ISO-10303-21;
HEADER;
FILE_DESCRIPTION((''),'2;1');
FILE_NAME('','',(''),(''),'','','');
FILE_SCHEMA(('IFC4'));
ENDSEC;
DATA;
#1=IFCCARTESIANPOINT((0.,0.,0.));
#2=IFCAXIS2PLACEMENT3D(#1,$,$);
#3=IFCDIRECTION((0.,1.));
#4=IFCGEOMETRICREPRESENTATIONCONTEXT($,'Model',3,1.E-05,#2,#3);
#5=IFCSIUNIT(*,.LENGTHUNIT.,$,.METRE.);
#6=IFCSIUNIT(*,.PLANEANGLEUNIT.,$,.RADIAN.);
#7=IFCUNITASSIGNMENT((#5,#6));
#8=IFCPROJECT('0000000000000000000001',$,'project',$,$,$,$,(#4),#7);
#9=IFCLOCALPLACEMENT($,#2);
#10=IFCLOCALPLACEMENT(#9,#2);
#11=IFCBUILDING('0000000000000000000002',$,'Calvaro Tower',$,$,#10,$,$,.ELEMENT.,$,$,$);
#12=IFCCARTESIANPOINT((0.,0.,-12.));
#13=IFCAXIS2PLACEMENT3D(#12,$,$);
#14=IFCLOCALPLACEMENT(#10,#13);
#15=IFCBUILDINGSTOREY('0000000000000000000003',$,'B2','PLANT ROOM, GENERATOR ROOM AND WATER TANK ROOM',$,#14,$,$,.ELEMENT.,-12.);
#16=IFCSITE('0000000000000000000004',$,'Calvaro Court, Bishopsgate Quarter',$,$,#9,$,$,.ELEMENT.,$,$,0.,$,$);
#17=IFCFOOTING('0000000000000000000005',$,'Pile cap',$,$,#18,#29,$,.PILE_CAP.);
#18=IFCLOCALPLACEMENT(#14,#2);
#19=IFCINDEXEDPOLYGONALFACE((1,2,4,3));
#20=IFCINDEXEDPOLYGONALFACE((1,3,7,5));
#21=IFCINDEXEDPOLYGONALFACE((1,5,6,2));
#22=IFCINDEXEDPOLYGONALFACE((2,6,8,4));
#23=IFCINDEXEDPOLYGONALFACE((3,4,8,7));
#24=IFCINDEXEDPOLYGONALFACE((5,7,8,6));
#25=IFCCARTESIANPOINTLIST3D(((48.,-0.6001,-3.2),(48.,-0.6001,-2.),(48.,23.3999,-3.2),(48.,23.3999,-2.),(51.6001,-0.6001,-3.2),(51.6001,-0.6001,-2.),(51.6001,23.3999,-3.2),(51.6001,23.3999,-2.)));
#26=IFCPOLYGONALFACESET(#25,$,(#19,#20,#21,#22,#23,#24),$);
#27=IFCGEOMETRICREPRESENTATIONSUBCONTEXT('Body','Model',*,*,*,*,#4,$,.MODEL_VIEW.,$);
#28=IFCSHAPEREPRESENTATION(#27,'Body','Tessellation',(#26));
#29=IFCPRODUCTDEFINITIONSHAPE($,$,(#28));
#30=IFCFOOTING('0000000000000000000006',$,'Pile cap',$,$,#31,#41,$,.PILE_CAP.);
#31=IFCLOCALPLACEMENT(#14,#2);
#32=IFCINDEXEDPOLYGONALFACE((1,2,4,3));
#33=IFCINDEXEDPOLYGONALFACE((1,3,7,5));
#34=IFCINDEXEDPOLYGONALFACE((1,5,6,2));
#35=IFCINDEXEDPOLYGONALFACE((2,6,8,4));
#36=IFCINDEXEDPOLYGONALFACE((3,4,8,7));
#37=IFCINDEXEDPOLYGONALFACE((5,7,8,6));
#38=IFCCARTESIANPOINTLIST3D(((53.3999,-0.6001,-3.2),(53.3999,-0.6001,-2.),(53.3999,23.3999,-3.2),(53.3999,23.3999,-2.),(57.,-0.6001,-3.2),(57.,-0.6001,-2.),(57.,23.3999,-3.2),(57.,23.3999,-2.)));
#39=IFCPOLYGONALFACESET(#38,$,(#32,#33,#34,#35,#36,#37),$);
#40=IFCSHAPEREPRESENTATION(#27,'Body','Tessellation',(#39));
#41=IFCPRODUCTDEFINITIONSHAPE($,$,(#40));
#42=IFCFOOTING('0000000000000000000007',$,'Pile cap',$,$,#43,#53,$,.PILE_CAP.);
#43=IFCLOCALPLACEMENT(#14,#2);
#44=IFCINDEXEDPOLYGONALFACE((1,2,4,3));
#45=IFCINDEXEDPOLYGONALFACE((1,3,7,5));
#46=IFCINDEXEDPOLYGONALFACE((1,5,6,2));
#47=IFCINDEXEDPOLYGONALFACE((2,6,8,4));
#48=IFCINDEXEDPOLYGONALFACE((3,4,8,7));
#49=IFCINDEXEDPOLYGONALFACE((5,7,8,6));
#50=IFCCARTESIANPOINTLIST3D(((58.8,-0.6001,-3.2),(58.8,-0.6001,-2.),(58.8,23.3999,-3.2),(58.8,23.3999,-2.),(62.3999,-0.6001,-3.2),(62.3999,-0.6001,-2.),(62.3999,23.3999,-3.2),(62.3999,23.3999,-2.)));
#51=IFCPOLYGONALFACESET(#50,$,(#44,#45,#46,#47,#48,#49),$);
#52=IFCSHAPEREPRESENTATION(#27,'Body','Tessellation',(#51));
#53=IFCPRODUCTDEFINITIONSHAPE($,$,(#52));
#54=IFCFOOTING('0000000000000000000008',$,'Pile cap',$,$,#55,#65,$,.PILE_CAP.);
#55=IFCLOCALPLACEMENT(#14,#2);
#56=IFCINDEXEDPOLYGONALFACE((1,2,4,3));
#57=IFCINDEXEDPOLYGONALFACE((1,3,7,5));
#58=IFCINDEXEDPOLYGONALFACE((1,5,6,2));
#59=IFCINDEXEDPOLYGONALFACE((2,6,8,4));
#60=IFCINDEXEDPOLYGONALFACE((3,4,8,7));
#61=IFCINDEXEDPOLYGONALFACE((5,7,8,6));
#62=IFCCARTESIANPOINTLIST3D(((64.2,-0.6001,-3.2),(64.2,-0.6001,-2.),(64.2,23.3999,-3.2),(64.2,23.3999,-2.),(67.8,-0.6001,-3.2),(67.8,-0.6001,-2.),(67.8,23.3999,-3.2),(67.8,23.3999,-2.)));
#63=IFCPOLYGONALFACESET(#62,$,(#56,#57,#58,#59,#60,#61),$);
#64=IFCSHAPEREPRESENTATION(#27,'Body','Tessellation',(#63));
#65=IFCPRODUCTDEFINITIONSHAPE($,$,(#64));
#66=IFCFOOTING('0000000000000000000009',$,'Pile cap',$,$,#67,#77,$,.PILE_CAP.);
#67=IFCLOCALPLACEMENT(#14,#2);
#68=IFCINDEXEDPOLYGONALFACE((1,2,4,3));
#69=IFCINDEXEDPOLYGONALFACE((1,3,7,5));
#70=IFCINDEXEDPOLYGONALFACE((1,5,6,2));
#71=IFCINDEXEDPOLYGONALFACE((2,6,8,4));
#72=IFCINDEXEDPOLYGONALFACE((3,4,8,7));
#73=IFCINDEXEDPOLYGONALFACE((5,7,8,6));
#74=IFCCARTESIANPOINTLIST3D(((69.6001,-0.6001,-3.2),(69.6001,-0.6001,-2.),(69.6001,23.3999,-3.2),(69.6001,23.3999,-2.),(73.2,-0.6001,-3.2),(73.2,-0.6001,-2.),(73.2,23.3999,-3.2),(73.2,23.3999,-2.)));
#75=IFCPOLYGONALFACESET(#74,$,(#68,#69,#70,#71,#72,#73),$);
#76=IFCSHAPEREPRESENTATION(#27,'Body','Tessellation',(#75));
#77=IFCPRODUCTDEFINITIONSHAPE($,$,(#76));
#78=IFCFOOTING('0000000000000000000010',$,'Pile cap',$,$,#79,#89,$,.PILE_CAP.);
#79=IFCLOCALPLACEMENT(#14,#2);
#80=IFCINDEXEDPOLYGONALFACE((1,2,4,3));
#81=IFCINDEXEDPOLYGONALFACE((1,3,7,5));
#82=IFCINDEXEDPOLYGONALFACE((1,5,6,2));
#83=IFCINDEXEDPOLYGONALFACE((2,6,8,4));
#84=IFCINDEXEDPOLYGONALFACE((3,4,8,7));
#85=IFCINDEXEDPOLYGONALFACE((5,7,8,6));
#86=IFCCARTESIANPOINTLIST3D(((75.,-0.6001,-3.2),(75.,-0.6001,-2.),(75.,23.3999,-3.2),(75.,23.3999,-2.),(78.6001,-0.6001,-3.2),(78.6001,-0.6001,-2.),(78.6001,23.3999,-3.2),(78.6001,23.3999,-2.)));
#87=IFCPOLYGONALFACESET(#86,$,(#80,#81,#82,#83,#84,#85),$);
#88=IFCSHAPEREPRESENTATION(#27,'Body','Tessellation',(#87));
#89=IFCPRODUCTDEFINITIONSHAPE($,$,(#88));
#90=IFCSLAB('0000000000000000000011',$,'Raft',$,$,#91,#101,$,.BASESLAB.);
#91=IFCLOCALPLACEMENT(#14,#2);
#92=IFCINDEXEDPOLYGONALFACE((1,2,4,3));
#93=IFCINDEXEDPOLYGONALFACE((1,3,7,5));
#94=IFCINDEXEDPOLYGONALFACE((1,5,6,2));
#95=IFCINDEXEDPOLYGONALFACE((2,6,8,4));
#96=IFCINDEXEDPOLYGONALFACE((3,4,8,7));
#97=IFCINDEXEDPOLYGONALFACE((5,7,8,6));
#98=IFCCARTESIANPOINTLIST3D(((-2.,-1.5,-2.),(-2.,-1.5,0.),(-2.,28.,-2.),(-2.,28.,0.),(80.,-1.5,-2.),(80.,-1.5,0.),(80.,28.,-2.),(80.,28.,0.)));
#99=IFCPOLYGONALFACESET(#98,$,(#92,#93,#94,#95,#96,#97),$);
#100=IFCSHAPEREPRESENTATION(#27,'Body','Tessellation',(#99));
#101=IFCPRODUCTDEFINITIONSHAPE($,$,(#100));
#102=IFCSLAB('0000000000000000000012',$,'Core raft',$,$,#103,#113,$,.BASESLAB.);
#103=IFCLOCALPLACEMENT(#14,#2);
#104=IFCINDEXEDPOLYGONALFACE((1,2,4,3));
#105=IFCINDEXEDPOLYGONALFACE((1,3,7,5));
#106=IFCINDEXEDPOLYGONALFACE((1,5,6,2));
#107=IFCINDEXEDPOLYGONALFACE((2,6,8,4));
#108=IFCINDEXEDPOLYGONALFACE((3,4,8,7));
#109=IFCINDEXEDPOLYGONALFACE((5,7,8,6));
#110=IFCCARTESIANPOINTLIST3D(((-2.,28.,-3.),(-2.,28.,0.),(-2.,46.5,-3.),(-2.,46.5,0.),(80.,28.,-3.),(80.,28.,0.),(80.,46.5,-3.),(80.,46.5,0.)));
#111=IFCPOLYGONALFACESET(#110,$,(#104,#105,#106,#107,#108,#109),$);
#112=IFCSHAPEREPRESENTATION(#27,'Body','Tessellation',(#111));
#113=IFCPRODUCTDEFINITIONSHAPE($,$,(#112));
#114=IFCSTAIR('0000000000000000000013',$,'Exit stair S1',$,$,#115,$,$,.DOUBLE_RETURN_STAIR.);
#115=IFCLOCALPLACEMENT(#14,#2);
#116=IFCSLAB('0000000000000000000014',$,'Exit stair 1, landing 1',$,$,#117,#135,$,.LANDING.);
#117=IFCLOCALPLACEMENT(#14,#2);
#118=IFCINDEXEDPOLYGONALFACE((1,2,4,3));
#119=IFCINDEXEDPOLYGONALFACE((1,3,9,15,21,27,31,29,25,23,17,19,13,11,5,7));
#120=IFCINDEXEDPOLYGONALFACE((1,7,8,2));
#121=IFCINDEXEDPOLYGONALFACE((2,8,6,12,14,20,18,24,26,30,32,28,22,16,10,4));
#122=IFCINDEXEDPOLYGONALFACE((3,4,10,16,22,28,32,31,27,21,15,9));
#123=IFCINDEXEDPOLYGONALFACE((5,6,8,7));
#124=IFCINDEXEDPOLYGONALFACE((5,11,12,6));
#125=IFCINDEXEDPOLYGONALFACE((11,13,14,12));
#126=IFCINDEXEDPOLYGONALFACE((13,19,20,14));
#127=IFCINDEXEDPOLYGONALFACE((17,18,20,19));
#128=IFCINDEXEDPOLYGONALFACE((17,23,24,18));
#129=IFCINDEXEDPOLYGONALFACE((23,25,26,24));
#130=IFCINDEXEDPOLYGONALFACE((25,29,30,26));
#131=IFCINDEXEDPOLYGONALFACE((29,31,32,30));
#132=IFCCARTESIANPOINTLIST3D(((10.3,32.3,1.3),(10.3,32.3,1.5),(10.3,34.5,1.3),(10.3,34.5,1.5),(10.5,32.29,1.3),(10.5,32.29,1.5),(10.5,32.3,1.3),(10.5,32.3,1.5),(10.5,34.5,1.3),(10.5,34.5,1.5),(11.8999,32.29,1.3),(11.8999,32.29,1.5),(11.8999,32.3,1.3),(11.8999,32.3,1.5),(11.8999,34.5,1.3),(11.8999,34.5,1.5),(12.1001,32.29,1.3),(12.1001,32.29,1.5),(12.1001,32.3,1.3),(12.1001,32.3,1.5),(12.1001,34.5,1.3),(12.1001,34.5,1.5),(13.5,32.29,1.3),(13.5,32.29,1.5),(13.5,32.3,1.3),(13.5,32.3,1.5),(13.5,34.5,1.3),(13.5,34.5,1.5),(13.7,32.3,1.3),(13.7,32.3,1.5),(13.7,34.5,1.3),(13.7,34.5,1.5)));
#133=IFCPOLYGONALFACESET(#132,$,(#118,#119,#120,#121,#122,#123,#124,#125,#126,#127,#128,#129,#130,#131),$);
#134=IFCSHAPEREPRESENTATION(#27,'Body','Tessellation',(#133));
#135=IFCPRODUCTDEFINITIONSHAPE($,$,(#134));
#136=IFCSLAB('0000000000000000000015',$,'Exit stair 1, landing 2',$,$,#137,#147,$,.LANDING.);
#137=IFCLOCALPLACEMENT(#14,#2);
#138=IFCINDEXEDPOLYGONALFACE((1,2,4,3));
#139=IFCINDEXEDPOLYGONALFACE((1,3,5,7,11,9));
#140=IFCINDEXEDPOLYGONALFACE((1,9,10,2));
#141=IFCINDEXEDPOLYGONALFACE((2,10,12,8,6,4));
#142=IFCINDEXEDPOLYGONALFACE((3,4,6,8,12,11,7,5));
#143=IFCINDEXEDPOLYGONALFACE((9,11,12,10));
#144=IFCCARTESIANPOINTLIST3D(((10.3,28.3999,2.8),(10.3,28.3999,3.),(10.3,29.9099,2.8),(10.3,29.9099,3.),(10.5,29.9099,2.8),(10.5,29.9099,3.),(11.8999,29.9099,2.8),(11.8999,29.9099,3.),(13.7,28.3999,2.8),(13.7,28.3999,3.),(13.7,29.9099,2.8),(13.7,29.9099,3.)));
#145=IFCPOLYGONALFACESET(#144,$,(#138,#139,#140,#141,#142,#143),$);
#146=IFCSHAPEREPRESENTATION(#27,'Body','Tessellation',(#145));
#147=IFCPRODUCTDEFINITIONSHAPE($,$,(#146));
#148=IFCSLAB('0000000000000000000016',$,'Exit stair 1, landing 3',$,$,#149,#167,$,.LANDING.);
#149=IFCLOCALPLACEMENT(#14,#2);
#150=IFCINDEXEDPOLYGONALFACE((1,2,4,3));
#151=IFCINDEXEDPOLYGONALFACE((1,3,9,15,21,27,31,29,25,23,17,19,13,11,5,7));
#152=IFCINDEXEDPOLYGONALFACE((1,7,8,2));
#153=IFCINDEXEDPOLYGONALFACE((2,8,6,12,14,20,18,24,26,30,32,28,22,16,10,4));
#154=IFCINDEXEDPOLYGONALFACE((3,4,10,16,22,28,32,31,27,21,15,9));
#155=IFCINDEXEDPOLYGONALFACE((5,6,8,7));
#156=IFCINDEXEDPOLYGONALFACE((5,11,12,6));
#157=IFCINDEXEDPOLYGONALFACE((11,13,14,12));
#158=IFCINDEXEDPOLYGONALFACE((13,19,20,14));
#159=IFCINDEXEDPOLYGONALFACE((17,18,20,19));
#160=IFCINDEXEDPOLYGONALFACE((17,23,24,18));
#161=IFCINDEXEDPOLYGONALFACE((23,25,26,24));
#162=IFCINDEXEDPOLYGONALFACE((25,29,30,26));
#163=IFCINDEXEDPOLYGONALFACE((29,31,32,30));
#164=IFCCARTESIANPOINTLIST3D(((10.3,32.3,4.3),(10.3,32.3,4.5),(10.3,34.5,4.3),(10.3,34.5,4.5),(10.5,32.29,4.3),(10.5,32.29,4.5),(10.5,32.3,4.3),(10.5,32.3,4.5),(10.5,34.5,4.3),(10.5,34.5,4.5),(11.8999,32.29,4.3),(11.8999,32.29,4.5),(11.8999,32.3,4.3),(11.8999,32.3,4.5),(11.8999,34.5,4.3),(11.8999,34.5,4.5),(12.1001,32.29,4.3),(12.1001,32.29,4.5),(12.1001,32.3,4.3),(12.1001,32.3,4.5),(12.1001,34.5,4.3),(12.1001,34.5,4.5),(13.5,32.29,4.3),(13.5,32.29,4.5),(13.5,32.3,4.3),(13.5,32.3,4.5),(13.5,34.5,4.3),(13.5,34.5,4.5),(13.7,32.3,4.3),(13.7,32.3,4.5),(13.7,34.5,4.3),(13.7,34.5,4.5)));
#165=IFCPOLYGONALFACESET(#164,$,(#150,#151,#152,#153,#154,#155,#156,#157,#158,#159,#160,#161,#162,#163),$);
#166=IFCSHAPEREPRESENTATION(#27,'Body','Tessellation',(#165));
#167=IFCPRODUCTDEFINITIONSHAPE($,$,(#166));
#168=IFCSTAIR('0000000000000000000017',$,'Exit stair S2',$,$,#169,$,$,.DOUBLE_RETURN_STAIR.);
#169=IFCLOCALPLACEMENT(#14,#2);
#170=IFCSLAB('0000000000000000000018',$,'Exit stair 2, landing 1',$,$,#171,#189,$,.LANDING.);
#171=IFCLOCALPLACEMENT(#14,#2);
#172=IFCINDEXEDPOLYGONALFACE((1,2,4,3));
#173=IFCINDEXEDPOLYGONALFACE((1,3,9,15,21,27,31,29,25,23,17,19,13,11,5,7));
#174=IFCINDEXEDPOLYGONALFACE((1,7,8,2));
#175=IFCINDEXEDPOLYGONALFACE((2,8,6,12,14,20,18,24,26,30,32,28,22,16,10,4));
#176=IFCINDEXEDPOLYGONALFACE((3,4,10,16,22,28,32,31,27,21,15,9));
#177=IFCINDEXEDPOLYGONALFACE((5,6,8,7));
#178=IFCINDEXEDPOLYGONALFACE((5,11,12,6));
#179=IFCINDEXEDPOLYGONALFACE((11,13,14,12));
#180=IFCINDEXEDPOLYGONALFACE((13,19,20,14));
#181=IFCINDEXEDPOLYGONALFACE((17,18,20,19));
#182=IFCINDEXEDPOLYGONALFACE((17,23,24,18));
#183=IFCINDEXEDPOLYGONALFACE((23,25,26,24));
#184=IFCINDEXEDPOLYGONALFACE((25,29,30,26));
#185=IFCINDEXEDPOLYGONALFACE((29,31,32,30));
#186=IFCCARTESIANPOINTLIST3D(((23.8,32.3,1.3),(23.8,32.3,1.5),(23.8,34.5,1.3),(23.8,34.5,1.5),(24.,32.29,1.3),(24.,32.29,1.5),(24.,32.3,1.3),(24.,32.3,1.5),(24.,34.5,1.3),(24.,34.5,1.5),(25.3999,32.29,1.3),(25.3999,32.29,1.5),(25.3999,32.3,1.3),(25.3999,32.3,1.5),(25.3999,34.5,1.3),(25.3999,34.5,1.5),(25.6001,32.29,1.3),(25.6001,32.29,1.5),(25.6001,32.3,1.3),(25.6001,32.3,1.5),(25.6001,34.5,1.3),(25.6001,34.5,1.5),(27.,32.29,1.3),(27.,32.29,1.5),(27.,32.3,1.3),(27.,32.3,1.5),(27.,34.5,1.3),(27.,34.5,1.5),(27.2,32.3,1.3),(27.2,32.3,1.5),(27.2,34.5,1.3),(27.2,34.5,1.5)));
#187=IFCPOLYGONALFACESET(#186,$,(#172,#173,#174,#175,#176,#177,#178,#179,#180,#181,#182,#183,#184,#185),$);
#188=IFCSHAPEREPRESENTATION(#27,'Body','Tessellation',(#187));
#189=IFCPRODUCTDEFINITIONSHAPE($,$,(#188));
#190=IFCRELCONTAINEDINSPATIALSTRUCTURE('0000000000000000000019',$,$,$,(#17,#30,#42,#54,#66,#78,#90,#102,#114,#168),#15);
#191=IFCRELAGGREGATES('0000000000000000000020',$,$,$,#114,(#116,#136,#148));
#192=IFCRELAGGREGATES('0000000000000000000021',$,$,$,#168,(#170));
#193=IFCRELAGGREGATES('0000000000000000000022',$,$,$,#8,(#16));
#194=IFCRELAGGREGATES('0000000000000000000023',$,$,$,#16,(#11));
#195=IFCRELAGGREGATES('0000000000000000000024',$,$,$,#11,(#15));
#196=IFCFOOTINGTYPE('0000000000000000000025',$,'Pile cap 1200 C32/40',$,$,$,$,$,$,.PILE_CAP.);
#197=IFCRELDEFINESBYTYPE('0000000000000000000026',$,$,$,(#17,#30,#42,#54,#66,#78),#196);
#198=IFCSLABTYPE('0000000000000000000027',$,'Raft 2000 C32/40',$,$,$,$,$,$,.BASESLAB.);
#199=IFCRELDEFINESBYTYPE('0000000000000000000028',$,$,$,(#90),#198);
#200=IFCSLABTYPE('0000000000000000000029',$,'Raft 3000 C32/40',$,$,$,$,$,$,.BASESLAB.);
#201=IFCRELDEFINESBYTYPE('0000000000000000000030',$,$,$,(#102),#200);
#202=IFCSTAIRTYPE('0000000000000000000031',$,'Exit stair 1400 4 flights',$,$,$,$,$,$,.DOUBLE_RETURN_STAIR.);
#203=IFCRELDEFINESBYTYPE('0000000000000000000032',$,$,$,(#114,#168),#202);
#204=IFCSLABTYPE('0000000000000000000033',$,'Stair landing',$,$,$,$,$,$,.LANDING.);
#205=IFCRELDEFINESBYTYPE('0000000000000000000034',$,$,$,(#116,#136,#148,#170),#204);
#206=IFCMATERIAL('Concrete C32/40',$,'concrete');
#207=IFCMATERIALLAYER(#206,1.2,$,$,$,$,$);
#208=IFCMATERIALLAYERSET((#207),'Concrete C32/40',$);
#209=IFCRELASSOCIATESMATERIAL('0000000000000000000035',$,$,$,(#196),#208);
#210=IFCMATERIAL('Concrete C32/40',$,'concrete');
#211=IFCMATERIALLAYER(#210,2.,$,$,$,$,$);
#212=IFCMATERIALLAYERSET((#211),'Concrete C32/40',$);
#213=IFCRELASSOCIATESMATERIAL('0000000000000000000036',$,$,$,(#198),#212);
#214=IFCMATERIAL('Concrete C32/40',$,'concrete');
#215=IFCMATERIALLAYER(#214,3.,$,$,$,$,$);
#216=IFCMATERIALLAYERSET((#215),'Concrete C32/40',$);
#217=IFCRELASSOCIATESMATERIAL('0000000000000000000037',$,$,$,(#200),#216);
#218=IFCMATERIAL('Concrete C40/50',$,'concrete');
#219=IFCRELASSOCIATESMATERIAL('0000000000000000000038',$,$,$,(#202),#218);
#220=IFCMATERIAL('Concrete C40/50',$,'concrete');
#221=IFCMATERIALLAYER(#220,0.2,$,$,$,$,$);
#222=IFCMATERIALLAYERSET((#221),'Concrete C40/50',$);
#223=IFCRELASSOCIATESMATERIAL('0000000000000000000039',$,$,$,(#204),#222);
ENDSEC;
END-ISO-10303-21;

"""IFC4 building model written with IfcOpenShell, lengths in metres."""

from ifc_helpers import new_model, si_unit, direction, frame, origin, place, context, subcontext, project, spatial, polyline, outline, extrude, material, layer, layer_set, type_object, element, aggregate, save


model = new_model("IFC4")

# Units and contexts
model_context = context("Model", 3, precision=1e-05, world=origin(), true_north=direction((0.0, 1.0)))
body_context = subcontext(model_context, "Body", "Model", "MODEL_VIEW")
ifc_project = project(units=[si_unit("LENGTHUNIT", "METRE"), si_unit("PLANEANGLEUNIT", "RADIAN")], contexts=[model_context])

# Site, building, storey
site_placement = place(None, origin())
site = spatial("IfcSite", under=ifc_project, at=site_placement, Name="Calvaro Court, Bishopsgate Quarter", CompositionType="ELEMENT", RefElevation=0.0)
building_placement = place(site_placement, origin())
building = spatial("IfcBuilding", under=site, at=building_placement, Name="Calvaro Tower", CompositionType="ELEMENT")
storey_placement = place(building_placement, frame((0.0, 0.0, -12.0)))
storey = spatial("IfcBuildingStorey", under=building, at=storey_placement, Name="B2", Description="PLANT ROOM, GENERATOR ROOM AND WATER TANK ROOM", CompositionType="ELEMENT", Elevation=-12.0)

# Footings
ifc_material_1 = material(Name="Concrete C32/40", Category="concrete")
ifc_layer_1 = layer(ifc_material_1, 1.2)
ifc_layer_set_1 = layer_set([ifc_layer_1], Name="Concrete C32/40")
footing_type = type_object("IfcFootingType", Name="Pile cap 1200 C32/40", PredefinedType="PILE_CAP", material=ifc_layer_set_1)
footing_1_placement = place(storey_placement, frame((0.0, 0.0, -3.2)))
element("IfcFooting", 1, at=footing_1_placement, inside=storey, type_object=footing_type, Name="Pile cap", PredefinedType="PILE_CAP", context=body_context, shape_type="SweptSolid", body=[
    extrude(outline(polyline([(48.0, -0.6001), (51.6001, -0.6001), (51.6001, 23.3999), (48.0, 23.3999), (48.0, -0.6001)])), origin(), (0.0, 0.0, 1.0), 1.2),
])
footing_2_placement = place(storey_placement, frame((0.0, 0.0, -3.2)))
element("IfcFooting", 2, at=footing_2_placement, inside=storey, type_object=footing_type, Name="Pile cap", PredefinedType="PILE_CAP", context=body_context, shape_type="SweptSolid", body=[
    extrude(outline(polyline([(53.3999, -0.6001), (57.0, -0.6001), (57.0, 23.3999), (53.3999, 23.3999), (53.3999, -0.6001)])), origin(), (0.0, 0.0, 1.0), 1.2),
])
footing_3_placement = place(storey_placement, frame((0.0, 0.0, -3.2)))
element("IfcFooting", 3, at=footing_3_placement, inside=storey, type_object=footing_type, Name="Pile cap", PredefinedType="PILE_CAP", context=body_context, shape_type="SweptSolid", body=[
    extrude(outline(polyline([(58.8, -0.6001), (62.3999, -0.6001), (62.3999, 23.3999), (58.8, 23.3999), (58.8, -0.6001)])), origin(), (0.0, 0.0, 1.0), 1.2),
])
footing_4_placement = place(storey_placement, frame((0.0, 0.0, -3.2)))
element("IfcFooting", 4, at=footing_4_placement, inside=storey, type_object=footing_type, Name="Pile cap", PredefinedType="PILE_CAP", context=body_context, shape_type="SweptSolid", body=[
    extrude(outline(polyline([(64.2, -0.6001), (67.8, -0.6001), (67.8, 23.3999), (64.2, 23.3999), (64.2, -0.6001)])), origin(), (0.0, 0.0, 1.0), 1.2),
])
footing_5_placement = place(storey_placement, frame((0.0, 0.0, -3.2)))
element("IfcFooting", 5, at=footing_5_placement, inside=storey, type_object=footing_type, Name="Pile cap", PredefinedType="PILE_CAP", context=body_context, shape_type="SweptSolid", body=[
    extrude(outline(polyline([(69.6001, -0.6001), (73.2, -0.6001), (73.2, 23.3999), (69.6001, 23.3999), (69.6001, -0.6001)])), origin(), (0.0, 0.0, 1.0), 1.2),
])
footing_6_placement = place(storey_placement, frame((0.0, 0.0, -3.2)))
element("IfcFooting", 6, at=footing_6_placement, inside=storey, type_object=footing_type, Name="Pile cap", PredefinedType="PILE_CAP", context=body_context, shape_type="SweptSolid", body=[
    extrude(outline(polyline([(75.0, -0.6001), (78.6001, -0.6001), (78.6001, 23.3999), (75.0, 23.3999), (75.0, -0.6001)])), origin(), (0.0, 0.0, 1.0), 1.2),
])

# Slabs
ifc_material_2 = material(Name="Concrete C32/40", Category="concrete")
ifc_layer_2 = layer(ifc_material_2, 2.0)
ifc_layer_set_2 = layer_set([ifc_layer_2], Name="Concrete C32/40")
slab_type_1 = type_object("IfcSlabType", Name="Raft 2000 C32/40", PredefinedType="BASESLAB", material=ifc_layer_set_2)
slab_1_placement = place(storey_placement, frame((0.0, 0.0, -2.0)))
element("IfcSlab", 7, at=slab_1_placement, inside=storey, type_object=slab_type_1, Name="Raft", PredefinedType="BASESLAB", context=body_context, shape_type="SweptSolid", body=[
    extrude(outline(polyline([(-2.0, -1.5), (80.0, -1.5), (80.0, 28.0), (-2.0, 28.0), (-2.0, -1.5)])), origin(), (0.0, 0.0, 1.0), 2.0),
])
ifc_material_3 = material(Name="Concrete C32/40", Category="concrete")
ifc_layer_3 = layer(ifc_material_3, 3.0)
ifc_layer_set_3 = layer_set([ifc_layer_3], Name="Concrete C32/40")
slab_type_2 = type_object("IfcSlabType", Name="Raft 3000 C32/40", PredefinedType="BASESLAB", material=ifc_layer_set_3)
slab_2_placement = place(storey_placement, frame((0.0, 0.0, -3.0)))
element("IfcSlab", 8, at=slab_2_placement, inside=storey, type_object=slab_type_2, Name="Core raft", PredefinedType="BASESLAB", context=body_context, shape_type="SweptSolid", body=[
    extrude(outline(polyline([(-2.0, 28.0), (80.0, 28.0), (80.0, 46.5), (-2.0, 46.5), (-2.0, 28.0)])), origin(), (0.0, 0.0, 1.0), 3.0),
])

# Stairs, slabs
ifc_material_4 = material(Name="Concrete C40/50", Category="concrete")
stair_type = type_object("IfcStairType", Name="Exit stair 1400 4 flights", PredefinedType="DOUBLE_RETURN_STAIR", material=ifc_material_4)
stair_1_placement = place(storey_placement, origin())
stair_1 = element("IfcStair", 9, at=stair_1_placement, inside=storey, type_object=stair_type, Name="Exit stair S1", PredefinedType="DOUBLE_RETURN_STAIR")
ifc_material_5 = material(Name="Concrete C40/50", Category="concrete")
ifc_layer_4 = layer(ifc_material_5, 0.2)
ifc_layer_set_4 = layer_set([ifc_layer_4], Name="Concrete C40/50")
slab_type_3 = type_object("IfcSlabType", Name="Stair landing", PredefinedType="LANDING", material=ifc_layer_set_4)
slab_3_placement = place(storey_placement, frame((0.0, 0.0, 1.3)))
slab_3 = element("IfcSlab", 10, at=slab_3_placement, type_object=slab_type_3, Name="Exit stair 1, landing 1", PredefinedType="LANDING", context=body_context, shape_type="SweptSolid", body=[
    extrude(outline(polyline([(11.8999, 32.29), (10.5, 32.29), (10.5, 32.3), (10.3, 32.3), (10.3, 34.5), (10.5, 34.5), (11.8999, 34.5), (12.1001, 34.5), (13.5, 34.5), (13.7, 34.5), (13.7, 32.3), (13.5, 32.3), (13.5, 32.29), (12.1001, 32.29), (12.1001, 32.3), (11.8999, 32.3), (11.8999, 32.29)])), origin(), (0.0, 0.0, 1.0), 0.2),
])
slab_4_placement = place(storey_placement, frame((0.0, 0.0, 2.8)))
slab_4 = element("IfcSlab", 11, at=slab_4_placement, type_object=slab_type_3, Name="Exit stair 1, landing 2", PredefinedType="LANDING", context=body_context, shape_type="SweptSolid", body=[
    extrude(outline(polyline([(13.7, 29.9099), (13.7, 28.3999), (10.3, 28.3999), (10.3, 29.9099), (10.5, 29.9099), (11.8999, 29.9099), (13.7, 29.9099)])), origin(), (0.0, 0.0, 1.0), 0.2),
])
slab_5_placement = place(storey_placement, frame((0.0, 0.0, 4.3)))
slab_5 = element("IfcSlab", 12, at=slab_5_placement, type_object=slab_type_3, Name="Exit stair 1, landing 3", PredefinedType="LANDING", context=body_context, shape_type="SweptSolid", body=[
    extrude(outline(polyline([(11.8999, 32.29), (10.5, 32.29), (10.5, 32.3), (10.3, 32.3), (10.3, 34.5), (10.5, 34.5), (11.8999, 34.5), (12.1001, 34.5), (13.5, 34.5), (13.7, 34.5), (13.7, 32.3), (13.5, 32.3), (13.5, 32.29), (12.1001, 32.29), (12.1001, 32.3), (11.8999, 32.3), (11.8999, 32.29)])), origin(), (0.0, 0.0, 1.0), 0.2),
])
aggregate(stair_1, [slab_3, slab_4, slab_5])
stair_2_placement = place(storey_placement, origin())
stair_2 = element("IfcStair", 13, at=stair_2_placement, inside=storey, type_object=stair_type, Name="Exit stair S2", PredefinedType="DOUBLE_RETURN_STAIR")
slab_6_placement = place(storey_placement, frame((0.0, 0.0, 1.3)))
slab_6 = element("IfcSlab", 14, at=slab_6_placement, type_object=slab_type_3, Name="Exit stair 2, landing 1", PredefinedType="LANDING", context=body_context, shape_type="SweptSolid", body=[
    extrude(outline(polyline([(25.3999, 32.29), (24.0, 32.29), (24.0, 32.3), (23.8, 32.3), (23.8, 34.5), (24.0, 34.5), (25.3999, 34.5), (25.6001, 34.5), (27.0, 34.5), (27.2, 34.5), (27.2, 32.3), (27.0, 32.3), (27.0, 32.29), (25.6001, 32.29), (25.6001, 32.3), (25.3999, 32.3), (25.3999, 32.29)])), origin(), (0.0, 0.0, 1.0), 0.2),
])
aggregate(stair_2, [slab_6])

save(model, "model.ifc")
